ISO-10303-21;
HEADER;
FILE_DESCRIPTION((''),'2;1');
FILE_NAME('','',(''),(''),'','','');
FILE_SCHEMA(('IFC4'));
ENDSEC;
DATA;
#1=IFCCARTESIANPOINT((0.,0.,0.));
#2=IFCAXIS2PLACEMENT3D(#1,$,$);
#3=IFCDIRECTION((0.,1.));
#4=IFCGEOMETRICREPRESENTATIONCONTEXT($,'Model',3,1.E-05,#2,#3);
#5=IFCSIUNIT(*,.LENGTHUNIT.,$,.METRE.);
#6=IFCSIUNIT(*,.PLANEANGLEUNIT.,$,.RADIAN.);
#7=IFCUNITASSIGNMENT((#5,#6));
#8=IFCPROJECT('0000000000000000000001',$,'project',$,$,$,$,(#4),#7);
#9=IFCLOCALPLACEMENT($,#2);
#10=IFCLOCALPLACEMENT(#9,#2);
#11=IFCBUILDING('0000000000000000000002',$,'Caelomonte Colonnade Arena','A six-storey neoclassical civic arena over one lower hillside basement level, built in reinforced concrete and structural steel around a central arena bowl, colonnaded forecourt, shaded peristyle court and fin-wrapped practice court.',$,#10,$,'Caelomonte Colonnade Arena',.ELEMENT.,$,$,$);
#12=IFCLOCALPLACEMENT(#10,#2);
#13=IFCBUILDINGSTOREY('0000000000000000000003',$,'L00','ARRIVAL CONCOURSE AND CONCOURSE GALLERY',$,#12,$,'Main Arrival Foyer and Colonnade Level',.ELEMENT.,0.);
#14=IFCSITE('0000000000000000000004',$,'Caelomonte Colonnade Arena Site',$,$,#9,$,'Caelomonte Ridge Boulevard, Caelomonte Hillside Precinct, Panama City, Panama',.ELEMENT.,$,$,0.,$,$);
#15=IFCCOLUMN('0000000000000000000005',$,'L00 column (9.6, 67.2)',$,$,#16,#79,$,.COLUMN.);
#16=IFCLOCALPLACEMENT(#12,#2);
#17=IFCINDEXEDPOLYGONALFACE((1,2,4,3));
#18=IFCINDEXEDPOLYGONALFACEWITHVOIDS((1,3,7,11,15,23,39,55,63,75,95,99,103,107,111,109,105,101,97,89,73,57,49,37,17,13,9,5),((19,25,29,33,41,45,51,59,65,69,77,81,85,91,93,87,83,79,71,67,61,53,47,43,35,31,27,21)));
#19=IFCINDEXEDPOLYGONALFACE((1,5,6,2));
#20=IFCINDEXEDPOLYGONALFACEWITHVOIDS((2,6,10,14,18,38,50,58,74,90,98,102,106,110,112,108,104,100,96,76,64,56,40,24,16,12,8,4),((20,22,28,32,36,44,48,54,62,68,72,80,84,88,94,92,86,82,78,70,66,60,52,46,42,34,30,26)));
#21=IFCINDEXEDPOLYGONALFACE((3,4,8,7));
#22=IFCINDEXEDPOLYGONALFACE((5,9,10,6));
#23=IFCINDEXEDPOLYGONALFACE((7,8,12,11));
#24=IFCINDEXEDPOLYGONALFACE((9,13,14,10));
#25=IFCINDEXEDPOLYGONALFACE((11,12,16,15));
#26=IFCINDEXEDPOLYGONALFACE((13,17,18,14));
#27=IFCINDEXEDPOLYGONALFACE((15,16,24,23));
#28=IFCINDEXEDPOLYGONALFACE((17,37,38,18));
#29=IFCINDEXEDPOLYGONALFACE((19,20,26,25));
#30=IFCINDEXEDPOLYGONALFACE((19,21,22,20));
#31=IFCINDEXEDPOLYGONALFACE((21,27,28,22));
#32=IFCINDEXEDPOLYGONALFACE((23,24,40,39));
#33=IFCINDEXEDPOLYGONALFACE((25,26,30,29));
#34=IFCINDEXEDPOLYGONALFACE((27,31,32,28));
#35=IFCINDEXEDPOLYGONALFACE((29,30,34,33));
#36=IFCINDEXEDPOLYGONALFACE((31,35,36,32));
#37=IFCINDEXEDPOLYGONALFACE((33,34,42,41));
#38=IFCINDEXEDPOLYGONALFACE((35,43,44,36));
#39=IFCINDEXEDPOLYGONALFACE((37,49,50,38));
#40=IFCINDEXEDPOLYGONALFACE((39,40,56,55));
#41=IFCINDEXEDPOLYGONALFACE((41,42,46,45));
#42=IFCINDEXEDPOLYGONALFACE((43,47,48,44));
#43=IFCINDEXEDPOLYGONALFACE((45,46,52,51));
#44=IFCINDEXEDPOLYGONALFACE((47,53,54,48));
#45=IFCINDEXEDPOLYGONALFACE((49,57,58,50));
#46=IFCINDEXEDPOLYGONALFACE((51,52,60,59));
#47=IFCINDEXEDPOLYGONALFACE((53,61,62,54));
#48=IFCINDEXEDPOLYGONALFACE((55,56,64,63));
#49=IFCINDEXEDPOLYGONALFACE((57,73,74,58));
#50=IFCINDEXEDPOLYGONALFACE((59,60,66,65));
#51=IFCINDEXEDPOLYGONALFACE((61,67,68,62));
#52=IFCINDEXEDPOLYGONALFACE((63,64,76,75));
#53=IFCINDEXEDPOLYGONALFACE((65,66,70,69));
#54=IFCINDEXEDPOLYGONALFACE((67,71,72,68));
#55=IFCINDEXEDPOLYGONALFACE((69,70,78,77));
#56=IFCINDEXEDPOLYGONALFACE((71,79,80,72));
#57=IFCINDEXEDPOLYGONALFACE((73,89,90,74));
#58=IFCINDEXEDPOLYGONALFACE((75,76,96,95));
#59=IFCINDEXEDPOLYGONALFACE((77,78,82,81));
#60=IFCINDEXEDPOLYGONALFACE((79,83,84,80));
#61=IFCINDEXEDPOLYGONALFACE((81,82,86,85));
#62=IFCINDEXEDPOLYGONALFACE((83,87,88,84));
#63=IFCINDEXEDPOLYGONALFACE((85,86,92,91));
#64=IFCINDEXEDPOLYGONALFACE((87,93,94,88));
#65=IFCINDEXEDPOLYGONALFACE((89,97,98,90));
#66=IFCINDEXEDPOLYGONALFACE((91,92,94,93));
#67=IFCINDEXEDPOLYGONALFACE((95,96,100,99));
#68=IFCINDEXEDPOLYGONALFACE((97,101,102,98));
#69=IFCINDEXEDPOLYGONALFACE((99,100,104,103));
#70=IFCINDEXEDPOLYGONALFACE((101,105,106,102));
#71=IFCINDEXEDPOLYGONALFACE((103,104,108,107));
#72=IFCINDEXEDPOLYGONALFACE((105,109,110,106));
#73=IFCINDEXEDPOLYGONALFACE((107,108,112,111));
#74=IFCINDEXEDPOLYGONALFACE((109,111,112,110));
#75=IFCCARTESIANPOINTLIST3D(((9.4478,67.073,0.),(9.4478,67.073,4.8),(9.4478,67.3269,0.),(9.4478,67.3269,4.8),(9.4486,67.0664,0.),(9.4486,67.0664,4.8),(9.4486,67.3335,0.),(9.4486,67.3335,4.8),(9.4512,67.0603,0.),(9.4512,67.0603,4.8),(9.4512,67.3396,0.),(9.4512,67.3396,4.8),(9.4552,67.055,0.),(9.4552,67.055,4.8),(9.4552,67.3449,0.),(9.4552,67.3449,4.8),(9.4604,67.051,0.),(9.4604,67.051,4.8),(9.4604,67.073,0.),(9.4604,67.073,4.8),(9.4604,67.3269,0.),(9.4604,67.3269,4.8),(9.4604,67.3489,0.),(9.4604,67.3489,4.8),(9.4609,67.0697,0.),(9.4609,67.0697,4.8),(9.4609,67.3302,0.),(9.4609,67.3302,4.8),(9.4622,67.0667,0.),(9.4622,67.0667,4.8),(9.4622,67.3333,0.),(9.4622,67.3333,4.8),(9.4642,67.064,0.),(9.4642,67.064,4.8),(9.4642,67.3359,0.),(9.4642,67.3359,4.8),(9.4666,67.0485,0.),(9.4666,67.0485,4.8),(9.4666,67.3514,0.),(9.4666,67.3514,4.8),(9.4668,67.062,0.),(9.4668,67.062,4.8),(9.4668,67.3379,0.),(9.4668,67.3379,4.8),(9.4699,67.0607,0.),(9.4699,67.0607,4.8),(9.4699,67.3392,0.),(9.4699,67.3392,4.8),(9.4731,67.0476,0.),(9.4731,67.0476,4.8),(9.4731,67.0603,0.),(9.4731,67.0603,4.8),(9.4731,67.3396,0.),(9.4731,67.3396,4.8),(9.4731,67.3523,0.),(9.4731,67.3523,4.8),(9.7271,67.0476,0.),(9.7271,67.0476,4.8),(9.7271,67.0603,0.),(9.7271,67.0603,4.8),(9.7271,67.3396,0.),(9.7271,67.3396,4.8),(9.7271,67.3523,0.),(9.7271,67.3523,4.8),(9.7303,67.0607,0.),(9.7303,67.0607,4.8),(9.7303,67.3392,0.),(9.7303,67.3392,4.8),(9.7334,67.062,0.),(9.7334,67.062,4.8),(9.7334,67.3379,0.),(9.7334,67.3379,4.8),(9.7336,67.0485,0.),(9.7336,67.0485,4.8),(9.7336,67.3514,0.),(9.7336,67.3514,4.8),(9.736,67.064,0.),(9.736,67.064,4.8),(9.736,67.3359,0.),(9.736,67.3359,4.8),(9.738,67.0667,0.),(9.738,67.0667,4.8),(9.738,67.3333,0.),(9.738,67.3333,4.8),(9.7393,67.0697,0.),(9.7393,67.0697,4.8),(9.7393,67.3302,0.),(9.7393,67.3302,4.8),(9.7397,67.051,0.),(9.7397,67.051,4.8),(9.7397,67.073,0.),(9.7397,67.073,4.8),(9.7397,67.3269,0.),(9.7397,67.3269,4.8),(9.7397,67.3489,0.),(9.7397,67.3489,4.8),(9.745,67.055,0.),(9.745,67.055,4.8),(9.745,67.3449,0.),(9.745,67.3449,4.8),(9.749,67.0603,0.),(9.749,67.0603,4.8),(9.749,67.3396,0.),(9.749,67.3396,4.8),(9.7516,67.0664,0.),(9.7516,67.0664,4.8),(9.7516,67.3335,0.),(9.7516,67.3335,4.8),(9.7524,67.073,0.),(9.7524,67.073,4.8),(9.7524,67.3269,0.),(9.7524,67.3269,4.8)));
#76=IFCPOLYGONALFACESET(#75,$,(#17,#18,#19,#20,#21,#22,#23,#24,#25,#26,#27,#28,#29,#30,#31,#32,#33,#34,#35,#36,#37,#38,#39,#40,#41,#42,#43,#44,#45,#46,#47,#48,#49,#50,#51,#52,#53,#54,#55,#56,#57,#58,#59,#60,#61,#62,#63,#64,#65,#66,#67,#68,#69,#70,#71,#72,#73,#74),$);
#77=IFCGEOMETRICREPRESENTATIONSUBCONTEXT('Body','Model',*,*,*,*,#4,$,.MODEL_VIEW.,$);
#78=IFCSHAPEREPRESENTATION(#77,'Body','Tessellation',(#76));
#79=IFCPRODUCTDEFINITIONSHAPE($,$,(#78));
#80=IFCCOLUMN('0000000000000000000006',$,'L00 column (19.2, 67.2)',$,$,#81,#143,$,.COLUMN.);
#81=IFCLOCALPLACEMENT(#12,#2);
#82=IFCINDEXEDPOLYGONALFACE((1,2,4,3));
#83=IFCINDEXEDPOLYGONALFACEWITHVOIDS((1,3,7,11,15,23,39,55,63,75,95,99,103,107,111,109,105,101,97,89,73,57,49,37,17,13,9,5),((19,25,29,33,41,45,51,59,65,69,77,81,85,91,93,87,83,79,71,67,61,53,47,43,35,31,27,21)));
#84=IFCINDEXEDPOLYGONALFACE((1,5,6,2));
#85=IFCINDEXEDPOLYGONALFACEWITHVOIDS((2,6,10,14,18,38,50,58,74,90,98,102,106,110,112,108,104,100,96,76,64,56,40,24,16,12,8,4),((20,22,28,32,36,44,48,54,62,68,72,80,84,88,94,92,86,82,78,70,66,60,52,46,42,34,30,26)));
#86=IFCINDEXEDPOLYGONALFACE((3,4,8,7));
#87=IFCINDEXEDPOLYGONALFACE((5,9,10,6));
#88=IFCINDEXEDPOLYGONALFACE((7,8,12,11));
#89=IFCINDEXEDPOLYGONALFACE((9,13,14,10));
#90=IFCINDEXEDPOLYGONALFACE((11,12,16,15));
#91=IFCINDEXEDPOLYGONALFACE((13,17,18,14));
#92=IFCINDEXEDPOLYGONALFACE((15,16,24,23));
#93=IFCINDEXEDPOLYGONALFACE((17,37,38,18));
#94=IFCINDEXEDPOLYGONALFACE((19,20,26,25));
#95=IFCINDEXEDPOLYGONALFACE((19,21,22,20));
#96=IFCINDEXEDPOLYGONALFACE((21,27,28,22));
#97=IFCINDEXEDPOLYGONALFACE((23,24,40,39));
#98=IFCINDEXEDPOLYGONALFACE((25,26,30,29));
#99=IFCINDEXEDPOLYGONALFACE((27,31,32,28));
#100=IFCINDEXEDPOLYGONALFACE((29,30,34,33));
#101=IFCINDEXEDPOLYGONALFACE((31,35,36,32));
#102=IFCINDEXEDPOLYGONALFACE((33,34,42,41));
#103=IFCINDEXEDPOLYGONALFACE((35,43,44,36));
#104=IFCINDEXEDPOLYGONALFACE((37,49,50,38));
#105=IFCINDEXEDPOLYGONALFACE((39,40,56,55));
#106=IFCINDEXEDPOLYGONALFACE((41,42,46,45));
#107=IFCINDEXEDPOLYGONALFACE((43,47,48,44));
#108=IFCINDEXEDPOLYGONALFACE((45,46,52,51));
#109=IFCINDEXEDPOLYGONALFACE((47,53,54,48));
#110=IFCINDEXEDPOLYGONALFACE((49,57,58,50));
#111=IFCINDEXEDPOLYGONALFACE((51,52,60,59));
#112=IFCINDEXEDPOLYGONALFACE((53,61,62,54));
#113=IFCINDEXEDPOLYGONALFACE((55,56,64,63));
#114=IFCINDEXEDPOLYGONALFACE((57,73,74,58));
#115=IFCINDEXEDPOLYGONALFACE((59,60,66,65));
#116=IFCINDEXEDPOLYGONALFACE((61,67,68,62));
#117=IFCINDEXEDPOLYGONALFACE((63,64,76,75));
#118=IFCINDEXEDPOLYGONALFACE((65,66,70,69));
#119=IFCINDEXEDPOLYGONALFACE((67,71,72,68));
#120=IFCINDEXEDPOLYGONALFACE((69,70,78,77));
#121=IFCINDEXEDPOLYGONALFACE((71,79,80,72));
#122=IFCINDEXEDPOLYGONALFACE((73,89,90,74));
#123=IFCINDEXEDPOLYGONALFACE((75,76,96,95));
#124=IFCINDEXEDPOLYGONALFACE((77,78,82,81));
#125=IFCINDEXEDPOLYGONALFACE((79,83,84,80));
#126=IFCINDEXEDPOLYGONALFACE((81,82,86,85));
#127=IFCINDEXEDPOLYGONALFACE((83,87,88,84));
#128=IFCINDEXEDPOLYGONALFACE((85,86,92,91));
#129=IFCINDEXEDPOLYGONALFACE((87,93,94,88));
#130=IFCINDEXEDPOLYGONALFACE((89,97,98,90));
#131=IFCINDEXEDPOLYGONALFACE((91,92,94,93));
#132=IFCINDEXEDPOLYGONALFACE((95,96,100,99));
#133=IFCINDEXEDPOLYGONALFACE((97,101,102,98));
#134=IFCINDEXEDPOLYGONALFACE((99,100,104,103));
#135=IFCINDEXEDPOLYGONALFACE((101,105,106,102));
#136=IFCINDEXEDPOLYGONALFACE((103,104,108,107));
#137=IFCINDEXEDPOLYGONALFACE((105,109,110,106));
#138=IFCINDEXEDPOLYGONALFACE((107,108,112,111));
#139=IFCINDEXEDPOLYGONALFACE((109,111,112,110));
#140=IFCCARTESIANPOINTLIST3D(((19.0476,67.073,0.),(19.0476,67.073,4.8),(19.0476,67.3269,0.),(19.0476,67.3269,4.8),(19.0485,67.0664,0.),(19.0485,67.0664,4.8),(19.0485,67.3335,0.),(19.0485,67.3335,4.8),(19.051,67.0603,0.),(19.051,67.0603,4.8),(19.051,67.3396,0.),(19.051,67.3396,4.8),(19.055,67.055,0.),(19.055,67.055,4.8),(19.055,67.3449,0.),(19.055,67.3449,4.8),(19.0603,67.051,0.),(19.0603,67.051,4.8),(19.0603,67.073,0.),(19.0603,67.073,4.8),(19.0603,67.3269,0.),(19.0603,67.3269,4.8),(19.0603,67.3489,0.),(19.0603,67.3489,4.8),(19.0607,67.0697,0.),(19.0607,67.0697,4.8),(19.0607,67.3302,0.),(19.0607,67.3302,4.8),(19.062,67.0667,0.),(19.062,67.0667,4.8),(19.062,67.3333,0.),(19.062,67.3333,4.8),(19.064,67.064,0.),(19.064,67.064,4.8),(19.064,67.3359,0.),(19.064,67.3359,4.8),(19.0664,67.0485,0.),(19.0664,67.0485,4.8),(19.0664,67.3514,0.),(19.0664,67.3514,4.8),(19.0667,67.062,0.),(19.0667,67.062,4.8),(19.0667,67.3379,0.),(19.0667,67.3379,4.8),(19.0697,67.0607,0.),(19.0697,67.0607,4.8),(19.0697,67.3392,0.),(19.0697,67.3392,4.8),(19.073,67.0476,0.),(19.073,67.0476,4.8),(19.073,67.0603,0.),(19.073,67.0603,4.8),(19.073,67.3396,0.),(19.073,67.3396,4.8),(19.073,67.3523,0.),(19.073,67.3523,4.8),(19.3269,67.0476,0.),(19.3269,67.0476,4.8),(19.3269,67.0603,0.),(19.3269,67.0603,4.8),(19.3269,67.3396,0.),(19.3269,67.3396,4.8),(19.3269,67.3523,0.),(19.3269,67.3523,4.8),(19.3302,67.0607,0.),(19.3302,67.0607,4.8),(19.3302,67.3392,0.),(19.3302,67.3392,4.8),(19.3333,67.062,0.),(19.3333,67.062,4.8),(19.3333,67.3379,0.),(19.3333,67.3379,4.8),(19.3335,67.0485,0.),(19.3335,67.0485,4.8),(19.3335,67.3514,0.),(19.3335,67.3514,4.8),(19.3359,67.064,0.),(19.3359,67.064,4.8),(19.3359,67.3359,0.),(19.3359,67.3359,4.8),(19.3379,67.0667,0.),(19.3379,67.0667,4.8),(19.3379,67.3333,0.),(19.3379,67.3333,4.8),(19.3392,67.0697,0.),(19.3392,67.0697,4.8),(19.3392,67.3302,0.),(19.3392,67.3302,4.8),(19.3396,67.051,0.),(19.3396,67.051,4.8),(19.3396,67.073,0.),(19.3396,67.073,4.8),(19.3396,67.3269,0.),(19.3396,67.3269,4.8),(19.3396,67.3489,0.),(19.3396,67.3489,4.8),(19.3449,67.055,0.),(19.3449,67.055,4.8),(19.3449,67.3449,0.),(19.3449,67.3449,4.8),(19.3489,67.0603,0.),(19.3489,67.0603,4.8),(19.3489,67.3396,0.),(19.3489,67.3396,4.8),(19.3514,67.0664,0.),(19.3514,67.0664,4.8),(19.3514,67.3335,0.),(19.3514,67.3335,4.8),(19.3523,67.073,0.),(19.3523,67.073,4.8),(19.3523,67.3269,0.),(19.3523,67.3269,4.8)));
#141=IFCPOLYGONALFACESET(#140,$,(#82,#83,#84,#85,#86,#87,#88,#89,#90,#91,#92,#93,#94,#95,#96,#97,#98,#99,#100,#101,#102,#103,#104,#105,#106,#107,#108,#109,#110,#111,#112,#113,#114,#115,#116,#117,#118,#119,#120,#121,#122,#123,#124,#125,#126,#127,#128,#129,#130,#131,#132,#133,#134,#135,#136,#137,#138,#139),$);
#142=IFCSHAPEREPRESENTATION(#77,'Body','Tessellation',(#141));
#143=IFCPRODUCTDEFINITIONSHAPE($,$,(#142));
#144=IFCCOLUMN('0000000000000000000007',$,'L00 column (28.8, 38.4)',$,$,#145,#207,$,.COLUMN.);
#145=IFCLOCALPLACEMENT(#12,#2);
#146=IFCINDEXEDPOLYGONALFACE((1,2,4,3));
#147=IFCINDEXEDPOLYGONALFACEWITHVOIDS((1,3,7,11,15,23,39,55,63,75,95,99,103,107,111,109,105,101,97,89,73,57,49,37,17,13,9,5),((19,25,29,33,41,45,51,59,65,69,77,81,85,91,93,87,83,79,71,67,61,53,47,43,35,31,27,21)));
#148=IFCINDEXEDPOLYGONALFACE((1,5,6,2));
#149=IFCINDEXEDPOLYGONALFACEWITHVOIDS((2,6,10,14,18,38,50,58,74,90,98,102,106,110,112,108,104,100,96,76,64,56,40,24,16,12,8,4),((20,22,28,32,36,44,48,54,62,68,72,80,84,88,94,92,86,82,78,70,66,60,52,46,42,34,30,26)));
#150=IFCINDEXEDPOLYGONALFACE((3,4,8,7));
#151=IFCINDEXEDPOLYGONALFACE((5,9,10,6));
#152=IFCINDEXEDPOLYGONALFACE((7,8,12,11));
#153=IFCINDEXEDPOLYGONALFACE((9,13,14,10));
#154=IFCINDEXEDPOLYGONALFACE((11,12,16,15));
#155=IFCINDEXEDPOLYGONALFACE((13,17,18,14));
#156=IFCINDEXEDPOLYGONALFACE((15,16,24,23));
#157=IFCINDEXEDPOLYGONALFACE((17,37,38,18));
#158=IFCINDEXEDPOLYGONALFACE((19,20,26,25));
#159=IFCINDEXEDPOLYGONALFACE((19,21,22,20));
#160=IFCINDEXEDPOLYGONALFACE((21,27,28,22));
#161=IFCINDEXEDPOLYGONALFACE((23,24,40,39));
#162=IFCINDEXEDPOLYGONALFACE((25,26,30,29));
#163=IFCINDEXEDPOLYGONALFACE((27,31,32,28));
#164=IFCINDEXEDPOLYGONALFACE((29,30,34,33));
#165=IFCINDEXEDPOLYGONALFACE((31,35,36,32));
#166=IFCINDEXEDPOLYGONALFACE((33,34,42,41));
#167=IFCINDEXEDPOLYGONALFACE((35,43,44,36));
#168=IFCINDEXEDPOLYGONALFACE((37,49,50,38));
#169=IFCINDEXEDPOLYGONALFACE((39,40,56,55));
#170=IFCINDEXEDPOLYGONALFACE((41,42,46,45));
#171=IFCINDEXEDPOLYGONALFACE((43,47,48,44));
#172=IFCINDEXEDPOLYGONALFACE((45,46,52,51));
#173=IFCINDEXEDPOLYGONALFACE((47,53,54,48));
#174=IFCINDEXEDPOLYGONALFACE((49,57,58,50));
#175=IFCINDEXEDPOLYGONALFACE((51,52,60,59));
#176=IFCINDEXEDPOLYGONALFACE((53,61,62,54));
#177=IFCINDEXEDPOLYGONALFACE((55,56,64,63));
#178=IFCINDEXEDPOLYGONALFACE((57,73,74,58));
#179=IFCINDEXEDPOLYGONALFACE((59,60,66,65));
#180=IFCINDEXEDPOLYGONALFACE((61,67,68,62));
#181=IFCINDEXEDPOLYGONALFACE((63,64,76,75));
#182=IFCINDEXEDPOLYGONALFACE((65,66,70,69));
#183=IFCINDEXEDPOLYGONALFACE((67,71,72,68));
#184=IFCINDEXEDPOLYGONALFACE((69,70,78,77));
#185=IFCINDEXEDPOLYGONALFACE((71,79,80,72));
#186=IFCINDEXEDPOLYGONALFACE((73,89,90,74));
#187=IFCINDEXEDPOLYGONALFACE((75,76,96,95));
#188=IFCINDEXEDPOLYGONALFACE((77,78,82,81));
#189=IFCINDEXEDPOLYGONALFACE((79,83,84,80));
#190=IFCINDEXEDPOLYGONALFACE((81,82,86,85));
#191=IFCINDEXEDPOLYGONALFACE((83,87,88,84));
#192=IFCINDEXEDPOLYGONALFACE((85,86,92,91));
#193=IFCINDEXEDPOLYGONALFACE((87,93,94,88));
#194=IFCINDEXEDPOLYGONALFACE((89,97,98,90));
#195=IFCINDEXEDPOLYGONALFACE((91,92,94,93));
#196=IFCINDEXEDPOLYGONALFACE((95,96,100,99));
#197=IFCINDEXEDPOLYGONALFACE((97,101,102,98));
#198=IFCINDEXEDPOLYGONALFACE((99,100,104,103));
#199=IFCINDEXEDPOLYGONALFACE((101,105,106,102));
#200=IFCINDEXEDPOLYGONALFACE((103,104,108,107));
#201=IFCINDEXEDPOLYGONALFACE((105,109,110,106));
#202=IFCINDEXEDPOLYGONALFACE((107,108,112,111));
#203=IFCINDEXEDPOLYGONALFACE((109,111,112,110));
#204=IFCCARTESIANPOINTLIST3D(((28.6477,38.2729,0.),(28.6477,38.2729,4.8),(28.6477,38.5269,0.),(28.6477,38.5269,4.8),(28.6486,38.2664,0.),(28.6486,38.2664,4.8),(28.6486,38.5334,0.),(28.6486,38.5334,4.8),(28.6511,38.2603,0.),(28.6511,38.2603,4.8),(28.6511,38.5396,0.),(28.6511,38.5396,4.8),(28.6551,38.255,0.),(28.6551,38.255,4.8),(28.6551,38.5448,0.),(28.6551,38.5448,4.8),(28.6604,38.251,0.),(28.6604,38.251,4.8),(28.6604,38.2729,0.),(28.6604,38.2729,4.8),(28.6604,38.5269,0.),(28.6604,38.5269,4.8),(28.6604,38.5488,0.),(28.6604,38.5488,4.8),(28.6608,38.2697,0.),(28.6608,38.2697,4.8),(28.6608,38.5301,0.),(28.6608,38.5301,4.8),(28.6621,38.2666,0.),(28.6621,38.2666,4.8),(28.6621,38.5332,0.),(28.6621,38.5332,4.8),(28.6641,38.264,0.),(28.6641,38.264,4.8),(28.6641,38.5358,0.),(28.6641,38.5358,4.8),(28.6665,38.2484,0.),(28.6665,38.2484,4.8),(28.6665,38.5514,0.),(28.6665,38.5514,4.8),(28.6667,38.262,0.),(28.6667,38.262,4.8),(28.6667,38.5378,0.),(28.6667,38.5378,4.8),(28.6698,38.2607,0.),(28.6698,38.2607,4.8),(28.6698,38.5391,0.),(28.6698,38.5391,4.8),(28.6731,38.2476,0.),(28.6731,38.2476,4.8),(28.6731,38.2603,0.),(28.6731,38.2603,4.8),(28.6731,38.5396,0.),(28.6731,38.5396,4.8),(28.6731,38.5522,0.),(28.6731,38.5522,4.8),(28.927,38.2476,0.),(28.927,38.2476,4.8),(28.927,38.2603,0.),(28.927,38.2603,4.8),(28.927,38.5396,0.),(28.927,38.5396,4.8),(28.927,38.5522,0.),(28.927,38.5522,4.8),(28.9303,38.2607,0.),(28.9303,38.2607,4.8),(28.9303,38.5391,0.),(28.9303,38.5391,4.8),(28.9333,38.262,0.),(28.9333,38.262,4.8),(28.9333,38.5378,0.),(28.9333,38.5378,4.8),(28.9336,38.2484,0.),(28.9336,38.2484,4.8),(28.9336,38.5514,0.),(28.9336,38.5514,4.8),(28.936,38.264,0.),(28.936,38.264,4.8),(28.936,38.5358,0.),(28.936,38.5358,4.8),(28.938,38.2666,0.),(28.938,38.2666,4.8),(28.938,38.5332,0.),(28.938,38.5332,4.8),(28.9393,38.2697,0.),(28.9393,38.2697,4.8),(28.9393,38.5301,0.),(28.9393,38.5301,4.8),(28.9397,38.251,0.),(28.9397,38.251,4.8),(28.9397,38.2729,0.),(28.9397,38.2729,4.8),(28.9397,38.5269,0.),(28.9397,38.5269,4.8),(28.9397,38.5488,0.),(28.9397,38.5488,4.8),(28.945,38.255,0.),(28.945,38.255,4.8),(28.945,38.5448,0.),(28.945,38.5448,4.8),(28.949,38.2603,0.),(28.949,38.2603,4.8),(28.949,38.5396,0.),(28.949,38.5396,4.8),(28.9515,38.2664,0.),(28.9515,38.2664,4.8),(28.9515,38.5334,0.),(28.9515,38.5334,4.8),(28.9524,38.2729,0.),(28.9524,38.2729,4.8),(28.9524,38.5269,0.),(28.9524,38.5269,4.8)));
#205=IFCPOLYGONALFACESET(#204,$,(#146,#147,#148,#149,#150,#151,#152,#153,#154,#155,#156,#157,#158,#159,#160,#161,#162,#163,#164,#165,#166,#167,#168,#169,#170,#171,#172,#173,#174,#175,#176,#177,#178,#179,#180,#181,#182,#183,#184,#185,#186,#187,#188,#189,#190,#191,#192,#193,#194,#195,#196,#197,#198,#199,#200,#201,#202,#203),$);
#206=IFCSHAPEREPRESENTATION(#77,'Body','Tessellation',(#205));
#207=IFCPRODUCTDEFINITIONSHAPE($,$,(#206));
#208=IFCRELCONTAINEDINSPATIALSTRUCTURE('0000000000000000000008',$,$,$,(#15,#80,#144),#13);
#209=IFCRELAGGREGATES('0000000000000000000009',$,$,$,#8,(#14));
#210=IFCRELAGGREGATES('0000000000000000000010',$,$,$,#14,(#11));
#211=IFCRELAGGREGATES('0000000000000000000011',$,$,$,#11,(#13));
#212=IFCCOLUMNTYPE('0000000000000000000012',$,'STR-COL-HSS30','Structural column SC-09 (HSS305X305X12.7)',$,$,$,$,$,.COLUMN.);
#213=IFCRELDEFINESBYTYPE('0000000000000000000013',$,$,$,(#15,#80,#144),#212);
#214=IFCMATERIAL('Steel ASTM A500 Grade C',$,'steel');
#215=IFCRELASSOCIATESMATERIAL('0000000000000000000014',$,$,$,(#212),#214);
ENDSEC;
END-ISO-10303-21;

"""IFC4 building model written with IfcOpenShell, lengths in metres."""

from ifc_helpers import new_model, si_unit, direction, frame, origin, origin_2d, place, context, subcontext, project, spatial, hollow_rectangle, extrude, material, material_profile, profile_set, type_object, element, save


model = new_model("IFC4")

# Units and contexts
model_context = context("Model", 3, precision=1e-05, world=origin(), true_north=direction((0.0, 1.0)))
body_context = subcontext(model_context, "Body", "Model", "MODEL_VIEW")
ifc_project = project(units=[si_unit("LENGTHUNIT", "METRE"), si_unit("PLANEANGLEUNIT", "RADIAN")], contexts=[model_context])

# Site, building, storey
site_placement = place(None, origin())
site = spatial("IfcSite", under=ifc_project, at=site_placement, Name="Caelomonte Colonnade Arena Site", LongName="Caelomonte Ridge Boulevard, Caelomonte Hillside Precinct, Panama City, Panama", CompositionType="ELEMENT", RefElevation=0.0)
building_placement = place(site_placement, origin())
building = spatial("IfcBuilding", under=site, at=building_placement, Name="Caelomonte Colonnade Arena", Description="A six-storey neoclassical civic arena over one lower hillside basement level, built in reinforced concrete and structural steel around a central arena bowl, colonnaded forecourt, shaded peristyle court and fin-wrapped practice court.", LongName="Caelomonte Colonnade Arena", CompositionType="ELEMENT")
storey_placement = place(building_placement, origin())
storey = spatial("IfcBuildingStorey", under=building, at=storey_placement, Name="L00", Description="ARRIVAL CONCOURSE AND CONCOURSE GALLERY", LongName="Main Arrival Foyer and Colonnade Level", CompositionType="ELEMENT", Elevation=0.0)

# Columns
ifc_material_1 = material(Name="Steel ASTM A500 Grade C", Category="steel")
ifc_material_profile_1 = material_profile(ifc_material_1, hollow_rectangle(XDim=0.3047, YDim=0.3047, WallThickness=0.0127, InnerFilletRadius=0.0127, OuterFilletRadius=0.0254, at=origin_2d()), Name="HSS305X305X12.7")
ifc_profile_set_1 = profile_set([ifc_material_profile_1], Name="Steel ASTM A500 Grade C")
column_type_1 = type_object("IfcColumnType", Name="STR-COL-HSS30", Description="Structural column SC-09 (HSS305X305X12.7)", PredefinedType="COLUMN", material=ifc_profile_set_1)
for number, where, z_axis, x_axis, name in (
    (1, (9.6001, 67.2, 0.0), (0.0, 0.0, 1.0), (1.0, 0.0, 0.0), "L00 column (9.6, 67.2)"),
    (2, (19.2, 67.2, 0.0), (0.0, 0.0, 1.0), (1.0, 0.0, 0.0), "L00 column (19.2, 67.2)"),
    (3, (28.8, 38.3999, 0.0), (0.0, 0.0, 1.0), (1.0, 0.0, 0.0), "L00 column (28.8, 38.4)"),
):
    element("IfcColumn", number, at=place(storey_placement, frame(where, z_axis=z_axis, x_axis=x_axis)), inside=storey, type_object=column_type_1, Name=name, PredefinedType="COLUMN", context=body_context, shape_type="SweptSolid", body=[
        extrude(hollow_rectangle(XDim=0.3047, YDim=0.3047, WallThickness=0.0127, InnerFilletRadius=0.0127, OuterFilletRadius=0.0254, at=origin_2d()), origin(), (0.0, 0.0, 1.0), 4.8),
    ])

save(model, "model.ifc")
